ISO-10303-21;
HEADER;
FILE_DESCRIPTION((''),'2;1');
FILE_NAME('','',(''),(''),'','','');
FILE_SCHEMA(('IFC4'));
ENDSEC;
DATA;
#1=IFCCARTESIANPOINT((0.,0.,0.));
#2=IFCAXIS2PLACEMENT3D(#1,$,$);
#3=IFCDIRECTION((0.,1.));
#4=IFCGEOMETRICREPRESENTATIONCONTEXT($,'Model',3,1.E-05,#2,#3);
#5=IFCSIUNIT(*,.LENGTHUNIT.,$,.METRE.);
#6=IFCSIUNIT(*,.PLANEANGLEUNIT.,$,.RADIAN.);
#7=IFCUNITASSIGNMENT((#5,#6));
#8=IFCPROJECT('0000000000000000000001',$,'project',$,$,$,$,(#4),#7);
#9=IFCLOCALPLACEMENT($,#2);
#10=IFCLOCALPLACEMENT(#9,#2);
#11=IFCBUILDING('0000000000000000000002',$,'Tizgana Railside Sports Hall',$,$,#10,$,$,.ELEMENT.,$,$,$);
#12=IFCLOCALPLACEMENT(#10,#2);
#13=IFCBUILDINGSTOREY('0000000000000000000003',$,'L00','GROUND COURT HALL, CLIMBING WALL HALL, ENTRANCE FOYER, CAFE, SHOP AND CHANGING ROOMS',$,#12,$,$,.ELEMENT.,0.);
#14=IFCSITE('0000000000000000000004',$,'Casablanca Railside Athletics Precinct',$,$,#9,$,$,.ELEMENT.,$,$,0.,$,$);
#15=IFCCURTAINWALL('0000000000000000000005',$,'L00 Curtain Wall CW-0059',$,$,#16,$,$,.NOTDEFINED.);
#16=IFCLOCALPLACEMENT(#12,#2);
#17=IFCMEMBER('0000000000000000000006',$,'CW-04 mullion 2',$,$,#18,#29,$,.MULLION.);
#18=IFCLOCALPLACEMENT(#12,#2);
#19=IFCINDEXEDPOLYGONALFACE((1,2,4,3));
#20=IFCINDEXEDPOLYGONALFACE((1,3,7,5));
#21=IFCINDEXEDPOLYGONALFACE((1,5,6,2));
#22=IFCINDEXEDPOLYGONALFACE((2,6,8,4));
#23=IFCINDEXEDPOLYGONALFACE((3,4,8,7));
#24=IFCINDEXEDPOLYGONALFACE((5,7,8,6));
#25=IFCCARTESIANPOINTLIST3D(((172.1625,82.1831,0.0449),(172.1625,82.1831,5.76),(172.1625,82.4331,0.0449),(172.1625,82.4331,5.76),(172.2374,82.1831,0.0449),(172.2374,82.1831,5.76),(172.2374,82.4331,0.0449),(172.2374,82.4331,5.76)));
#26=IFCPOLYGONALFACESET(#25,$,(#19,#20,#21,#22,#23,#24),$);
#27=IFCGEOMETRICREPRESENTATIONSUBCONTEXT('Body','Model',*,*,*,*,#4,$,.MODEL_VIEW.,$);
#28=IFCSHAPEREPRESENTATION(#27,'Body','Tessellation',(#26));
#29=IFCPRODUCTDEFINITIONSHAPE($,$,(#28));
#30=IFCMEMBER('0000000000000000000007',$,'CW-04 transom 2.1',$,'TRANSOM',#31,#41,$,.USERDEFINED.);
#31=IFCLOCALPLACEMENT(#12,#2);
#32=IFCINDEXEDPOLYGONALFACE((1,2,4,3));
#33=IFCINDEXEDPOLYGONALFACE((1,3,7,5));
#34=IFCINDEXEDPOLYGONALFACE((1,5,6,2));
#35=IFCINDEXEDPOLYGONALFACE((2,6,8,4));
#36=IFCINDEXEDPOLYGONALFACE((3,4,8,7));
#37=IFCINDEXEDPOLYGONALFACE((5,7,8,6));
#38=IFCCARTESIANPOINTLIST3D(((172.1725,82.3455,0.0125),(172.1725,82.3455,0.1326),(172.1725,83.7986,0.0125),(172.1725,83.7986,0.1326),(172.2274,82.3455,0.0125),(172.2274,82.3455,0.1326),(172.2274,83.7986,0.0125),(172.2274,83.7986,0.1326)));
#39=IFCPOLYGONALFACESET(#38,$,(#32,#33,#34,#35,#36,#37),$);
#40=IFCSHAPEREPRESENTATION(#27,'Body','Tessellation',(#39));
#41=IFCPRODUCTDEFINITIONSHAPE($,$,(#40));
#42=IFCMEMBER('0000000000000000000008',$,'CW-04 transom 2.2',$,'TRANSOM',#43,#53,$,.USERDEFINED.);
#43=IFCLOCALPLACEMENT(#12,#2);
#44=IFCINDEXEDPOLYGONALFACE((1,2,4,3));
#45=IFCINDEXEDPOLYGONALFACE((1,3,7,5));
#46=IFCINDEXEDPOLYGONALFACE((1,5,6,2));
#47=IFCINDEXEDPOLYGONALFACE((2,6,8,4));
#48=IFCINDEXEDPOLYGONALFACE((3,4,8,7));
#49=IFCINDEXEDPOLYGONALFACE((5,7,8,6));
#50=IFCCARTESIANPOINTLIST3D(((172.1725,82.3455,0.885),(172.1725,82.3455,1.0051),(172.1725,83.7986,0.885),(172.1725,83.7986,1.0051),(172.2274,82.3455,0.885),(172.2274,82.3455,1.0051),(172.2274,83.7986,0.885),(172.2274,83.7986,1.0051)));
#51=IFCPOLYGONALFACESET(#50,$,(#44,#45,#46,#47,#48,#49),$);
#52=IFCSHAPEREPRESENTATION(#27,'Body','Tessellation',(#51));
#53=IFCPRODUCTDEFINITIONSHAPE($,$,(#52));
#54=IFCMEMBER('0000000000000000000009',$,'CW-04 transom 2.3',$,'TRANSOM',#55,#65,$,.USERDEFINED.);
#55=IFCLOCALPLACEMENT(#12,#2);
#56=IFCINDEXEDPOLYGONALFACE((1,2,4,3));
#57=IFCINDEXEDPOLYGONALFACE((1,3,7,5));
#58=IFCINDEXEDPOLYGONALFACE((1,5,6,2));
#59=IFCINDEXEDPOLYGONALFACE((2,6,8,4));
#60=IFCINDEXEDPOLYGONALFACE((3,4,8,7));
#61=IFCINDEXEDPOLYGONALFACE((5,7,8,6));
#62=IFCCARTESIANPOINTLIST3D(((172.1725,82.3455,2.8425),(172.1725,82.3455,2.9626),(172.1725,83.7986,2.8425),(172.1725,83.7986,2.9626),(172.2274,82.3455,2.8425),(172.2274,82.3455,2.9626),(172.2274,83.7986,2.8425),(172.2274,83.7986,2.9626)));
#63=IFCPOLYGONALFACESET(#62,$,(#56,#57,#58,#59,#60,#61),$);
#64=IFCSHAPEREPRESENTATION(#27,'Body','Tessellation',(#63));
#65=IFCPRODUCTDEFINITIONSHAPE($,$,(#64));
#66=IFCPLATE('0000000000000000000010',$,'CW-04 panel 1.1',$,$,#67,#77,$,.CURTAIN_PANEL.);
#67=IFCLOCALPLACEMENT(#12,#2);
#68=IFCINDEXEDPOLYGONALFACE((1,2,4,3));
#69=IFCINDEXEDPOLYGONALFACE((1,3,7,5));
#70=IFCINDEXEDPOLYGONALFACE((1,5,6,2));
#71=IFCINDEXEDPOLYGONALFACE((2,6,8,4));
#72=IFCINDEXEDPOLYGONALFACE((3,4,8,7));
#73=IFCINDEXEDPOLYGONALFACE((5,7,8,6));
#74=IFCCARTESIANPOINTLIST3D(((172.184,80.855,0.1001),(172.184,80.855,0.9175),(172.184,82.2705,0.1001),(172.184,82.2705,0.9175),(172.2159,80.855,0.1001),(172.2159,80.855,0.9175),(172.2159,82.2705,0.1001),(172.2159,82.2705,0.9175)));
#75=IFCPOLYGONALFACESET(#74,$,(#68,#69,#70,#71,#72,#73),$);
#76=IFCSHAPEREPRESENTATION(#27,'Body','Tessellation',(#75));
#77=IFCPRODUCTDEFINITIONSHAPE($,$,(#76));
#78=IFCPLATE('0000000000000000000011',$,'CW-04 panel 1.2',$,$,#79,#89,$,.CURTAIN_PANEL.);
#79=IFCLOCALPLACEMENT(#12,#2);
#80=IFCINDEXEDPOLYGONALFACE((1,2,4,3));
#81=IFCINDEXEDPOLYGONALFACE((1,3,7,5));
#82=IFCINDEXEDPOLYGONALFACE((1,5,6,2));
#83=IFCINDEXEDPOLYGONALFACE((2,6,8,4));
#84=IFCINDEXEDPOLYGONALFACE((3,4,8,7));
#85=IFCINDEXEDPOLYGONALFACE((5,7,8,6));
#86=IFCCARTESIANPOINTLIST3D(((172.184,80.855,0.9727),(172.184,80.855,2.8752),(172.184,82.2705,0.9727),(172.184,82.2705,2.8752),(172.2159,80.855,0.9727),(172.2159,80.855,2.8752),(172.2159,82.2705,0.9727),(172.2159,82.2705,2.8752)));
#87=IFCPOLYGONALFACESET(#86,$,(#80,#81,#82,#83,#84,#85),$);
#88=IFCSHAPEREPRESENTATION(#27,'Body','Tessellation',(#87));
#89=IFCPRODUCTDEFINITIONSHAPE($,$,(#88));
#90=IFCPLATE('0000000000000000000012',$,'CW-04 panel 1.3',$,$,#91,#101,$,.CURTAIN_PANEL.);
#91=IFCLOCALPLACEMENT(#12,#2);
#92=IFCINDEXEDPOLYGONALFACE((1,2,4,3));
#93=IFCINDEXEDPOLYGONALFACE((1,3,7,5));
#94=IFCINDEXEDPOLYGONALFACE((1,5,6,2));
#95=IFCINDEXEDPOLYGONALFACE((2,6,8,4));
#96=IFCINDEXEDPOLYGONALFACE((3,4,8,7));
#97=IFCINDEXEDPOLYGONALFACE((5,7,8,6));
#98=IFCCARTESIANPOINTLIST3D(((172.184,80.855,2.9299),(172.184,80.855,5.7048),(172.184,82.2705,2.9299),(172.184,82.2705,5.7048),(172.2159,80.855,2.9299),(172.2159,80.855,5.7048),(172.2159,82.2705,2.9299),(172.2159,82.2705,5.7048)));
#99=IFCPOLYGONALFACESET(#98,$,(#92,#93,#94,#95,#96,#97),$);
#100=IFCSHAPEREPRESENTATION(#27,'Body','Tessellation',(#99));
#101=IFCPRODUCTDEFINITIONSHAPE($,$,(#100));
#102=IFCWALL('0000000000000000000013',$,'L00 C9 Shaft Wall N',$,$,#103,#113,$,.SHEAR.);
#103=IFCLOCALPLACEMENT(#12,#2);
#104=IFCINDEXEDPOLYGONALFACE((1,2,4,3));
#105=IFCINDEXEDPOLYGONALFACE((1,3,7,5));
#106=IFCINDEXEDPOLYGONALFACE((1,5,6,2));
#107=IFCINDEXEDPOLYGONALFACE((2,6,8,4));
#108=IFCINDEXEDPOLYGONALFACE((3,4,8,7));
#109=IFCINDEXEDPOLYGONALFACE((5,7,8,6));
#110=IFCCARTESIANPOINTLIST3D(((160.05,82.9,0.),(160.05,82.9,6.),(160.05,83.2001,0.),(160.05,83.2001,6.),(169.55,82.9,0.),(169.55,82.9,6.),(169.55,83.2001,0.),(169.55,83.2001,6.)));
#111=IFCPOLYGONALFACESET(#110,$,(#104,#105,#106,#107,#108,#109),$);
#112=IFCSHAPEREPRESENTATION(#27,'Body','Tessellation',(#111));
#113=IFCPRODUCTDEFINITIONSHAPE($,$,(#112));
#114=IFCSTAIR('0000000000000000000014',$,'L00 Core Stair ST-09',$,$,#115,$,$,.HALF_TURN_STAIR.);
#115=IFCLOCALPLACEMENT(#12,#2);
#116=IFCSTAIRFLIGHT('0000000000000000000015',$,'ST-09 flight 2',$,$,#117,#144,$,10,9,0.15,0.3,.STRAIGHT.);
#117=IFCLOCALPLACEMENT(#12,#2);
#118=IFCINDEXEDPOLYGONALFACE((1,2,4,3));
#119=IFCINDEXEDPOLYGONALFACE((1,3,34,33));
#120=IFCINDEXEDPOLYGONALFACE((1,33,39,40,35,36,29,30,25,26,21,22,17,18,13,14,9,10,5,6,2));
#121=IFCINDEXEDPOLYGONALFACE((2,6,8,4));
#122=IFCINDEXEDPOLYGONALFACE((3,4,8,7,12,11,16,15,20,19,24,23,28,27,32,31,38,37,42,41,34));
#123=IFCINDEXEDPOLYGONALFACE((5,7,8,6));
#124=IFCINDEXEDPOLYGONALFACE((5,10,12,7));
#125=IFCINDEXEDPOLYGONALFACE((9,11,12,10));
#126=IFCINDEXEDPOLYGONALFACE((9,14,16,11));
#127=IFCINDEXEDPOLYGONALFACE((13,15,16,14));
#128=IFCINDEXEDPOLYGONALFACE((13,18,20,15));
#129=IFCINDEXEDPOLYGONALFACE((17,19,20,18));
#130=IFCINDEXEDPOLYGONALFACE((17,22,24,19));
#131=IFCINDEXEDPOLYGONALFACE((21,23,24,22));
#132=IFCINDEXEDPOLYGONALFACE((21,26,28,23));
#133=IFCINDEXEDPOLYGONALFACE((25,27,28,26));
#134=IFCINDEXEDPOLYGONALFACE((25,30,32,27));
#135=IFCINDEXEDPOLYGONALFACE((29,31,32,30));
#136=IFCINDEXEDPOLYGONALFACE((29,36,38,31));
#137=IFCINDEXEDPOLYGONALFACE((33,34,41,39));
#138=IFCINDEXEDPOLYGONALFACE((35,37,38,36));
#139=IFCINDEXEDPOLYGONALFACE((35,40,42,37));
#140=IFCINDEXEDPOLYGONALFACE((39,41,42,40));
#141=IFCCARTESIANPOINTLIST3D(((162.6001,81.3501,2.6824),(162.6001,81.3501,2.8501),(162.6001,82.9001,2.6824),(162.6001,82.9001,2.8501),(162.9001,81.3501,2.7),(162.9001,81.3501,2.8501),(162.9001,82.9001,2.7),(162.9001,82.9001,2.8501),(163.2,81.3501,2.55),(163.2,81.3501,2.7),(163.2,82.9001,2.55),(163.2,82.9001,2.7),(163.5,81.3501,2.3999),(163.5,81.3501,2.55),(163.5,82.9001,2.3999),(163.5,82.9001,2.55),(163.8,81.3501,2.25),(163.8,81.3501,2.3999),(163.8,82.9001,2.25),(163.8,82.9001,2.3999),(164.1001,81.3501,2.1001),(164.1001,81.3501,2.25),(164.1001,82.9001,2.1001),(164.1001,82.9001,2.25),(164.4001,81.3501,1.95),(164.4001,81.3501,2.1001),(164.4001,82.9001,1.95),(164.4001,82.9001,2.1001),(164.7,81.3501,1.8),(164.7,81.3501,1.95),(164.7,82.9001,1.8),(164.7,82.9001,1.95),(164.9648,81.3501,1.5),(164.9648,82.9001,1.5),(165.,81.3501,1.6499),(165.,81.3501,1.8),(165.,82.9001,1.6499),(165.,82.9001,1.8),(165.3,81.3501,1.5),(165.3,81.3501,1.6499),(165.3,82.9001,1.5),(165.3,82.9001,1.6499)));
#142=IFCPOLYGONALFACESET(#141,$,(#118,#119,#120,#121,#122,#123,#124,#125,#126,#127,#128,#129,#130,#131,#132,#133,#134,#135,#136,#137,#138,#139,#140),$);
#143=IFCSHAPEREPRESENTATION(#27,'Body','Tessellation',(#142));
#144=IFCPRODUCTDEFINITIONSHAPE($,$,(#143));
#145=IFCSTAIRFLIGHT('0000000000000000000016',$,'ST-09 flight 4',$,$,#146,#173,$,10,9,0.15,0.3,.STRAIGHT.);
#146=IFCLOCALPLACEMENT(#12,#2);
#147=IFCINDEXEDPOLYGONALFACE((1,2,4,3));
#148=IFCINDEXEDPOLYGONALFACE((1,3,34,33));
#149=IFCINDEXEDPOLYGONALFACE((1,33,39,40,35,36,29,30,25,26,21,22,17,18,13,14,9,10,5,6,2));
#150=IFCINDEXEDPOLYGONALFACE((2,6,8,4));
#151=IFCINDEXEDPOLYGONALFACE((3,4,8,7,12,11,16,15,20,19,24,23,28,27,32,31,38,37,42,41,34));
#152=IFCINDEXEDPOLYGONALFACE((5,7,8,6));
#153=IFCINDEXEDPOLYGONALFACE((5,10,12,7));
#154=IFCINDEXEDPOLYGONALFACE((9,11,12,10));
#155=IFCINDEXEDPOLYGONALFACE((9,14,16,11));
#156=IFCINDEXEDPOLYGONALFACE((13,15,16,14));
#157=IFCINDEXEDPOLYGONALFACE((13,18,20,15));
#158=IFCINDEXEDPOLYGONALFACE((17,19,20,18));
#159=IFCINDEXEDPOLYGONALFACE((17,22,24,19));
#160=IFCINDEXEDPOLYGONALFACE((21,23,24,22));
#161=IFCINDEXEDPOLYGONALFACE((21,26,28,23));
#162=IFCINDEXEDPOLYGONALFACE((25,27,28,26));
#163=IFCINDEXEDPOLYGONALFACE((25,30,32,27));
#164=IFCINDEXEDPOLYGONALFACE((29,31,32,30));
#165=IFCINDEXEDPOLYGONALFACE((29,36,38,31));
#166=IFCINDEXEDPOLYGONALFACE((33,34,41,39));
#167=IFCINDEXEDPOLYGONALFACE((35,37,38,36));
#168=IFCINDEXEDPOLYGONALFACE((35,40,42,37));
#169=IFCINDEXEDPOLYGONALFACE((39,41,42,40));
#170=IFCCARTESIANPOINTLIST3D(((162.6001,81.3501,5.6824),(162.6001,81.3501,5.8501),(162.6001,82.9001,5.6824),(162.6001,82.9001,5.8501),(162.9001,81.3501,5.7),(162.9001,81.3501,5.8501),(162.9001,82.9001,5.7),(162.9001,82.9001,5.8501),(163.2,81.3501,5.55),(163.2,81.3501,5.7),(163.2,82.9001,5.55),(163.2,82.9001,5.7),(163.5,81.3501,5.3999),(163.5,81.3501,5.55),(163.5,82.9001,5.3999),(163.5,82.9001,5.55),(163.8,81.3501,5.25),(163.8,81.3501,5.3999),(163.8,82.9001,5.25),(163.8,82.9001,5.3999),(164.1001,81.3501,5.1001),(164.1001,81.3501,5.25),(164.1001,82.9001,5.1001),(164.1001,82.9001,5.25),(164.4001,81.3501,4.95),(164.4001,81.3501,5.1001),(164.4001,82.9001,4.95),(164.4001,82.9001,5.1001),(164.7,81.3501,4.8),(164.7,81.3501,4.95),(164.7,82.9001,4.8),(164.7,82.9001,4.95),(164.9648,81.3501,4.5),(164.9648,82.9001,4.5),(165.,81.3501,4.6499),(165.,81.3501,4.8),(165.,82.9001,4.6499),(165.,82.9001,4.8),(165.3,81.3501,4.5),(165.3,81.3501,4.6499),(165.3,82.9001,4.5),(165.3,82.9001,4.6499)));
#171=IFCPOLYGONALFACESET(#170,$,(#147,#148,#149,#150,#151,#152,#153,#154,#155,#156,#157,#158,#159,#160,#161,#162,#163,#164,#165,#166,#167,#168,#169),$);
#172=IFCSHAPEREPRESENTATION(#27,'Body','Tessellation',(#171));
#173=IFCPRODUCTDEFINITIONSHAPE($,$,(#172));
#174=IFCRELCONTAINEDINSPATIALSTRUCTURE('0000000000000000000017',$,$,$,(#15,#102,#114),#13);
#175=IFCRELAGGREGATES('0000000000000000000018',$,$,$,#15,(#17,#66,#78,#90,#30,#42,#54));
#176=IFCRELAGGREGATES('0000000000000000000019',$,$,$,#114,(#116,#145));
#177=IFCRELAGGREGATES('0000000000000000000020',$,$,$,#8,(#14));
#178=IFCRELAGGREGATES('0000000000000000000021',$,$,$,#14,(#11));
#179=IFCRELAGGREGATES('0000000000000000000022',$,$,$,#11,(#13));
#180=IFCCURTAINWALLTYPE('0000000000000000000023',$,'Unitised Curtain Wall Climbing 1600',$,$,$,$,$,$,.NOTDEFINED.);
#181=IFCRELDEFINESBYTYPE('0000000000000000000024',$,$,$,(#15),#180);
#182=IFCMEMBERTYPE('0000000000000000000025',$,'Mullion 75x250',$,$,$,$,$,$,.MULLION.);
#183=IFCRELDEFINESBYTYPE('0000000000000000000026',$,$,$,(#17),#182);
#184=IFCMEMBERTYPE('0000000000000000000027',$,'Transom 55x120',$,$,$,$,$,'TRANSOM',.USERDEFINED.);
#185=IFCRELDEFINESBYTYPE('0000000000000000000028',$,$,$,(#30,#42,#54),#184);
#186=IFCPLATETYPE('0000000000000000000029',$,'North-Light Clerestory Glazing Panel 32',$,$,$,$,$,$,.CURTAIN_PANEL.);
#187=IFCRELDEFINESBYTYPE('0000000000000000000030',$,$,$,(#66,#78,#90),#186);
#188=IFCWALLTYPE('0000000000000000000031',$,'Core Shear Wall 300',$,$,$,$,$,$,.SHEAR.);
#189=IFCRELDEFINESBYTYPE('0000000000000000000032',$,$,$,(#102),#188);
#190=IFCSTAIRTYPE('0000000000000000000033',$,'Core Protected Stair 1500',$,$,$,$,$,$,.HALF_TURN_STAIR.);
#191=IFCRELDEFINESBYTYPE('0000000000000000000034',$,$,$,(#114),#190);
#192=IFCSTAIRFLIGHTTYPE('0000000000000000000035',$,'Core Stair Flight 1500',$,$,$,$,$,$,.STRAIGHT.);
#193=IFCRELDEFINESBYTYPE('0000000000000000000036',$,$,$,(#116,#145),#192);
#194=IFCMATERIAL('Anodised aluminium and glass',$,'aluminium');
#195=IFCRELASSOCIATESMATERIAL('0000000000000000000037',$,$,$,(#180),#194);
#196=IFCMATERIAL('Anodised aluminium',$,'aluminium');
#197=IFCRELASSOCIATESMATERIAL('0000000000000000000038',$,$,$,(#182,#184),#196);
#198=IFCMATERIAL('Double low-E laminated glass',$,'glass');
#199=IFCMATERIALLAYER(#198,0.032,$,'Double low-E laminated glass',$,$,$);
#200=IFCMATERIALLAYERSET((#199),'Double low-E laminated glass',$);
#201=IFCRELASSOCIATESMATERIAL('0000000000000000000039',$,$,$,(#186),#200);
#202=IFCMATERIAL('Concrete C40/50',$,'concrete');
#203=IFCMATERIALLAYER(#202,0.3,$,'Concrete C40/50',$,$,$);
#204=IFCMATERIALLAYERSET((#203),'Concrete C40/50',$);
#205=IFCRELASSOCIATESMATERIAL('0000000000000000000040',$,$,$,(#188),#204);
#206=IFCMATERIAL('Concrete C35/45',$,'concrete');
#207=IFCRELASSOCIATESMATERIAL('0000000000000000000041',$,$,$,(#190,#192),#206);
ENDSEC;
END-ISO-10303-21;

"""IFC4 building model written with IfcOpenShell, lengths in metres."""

from ifc_helpers import new_model, si_unit, direction, frame, frame_2d, origin, origin_2d, place, context, subcontext, project, spatial, polyline, rectangle, outline, extrude, material, layer, layer_set, material_profile, profile_set, type_object, element, aggregate, save


model = new_model("IFC4")

# Units and contexts
model_context = context("Model", 3, precision=1e-05, world=origin(), true_north=direction((0.0, 1.0)))
body_context = subcontext(model_context, "Body", "Model", "MODEL_VIEW")
ifc_project = project(units=[si_unit("LENGTHUNIT", "METRE"), si_unit("PLANEANGLEUNIT", "RADIAN")], contexts=[model_context])

# Site, building, storey
site_placement = place(None, origin())
site = spatial("IfcSite", under=ifc_project, at=site_placement, Name="Casablanca Railside Athletics Precinct", CompositionType="ELEMENT", RefElevation=0.0)
building_placement = place(site_placement, origin())
building = spatial("IfcBuilding", under=site, at=building_placement, Name="Tizgana Railside Sports Hall", CompositionType="ELEMENT")
storey_placement = place(building_placement, origin())
storey = spatial("IfcBuildingStorey", under=building, at=storey_placement, Name="L00", Description="GROUND COURT HALL, CLIMBING WALL HALL, ENTRANCE FOYER, CAFE, SHOP AND CHANGING ROOMS", CompositionType="ELEMENT", Elevation=0.0)

# Curtain wall, members, plates
ifc_material_1 = material(Name="Anodised aluminium and glass", Category="aluminium")
curtain_wall_type = type_object("IfcCurtainWallType", Name="Unitised Curtain Wall Climbing 1600", PredefinedType="NOTDEFINED", material=ifc_material_1)
curtain_wall_placement = place(storey_placement, origin())
curtain_wall = element("IfcCurtainWall", 1, at=curtain_wall_placement, inside=storey, type_object=curtain_wall_type, Name="L00 Curtain Wall CW-0059", PredefinedType="NOTDEFINED")
ifc_material_2 = material(Name="Anodised aluminium", Category="aluminium")
ifc_material_profile_1 = material_profile(ifc_material_2, rectangle(XDim=0.075, YDim=0.25, at=origin_2d()), Name="Mullion 75x250")
ifc_profile_set_1 = profile_set([ifc_material_profile_1], Name="Anodised aluminium")
member_type_1 = type_object("IfcMemberType", Name="Mullion 75x250", PredefinedType="MULLION", material=ifc_profile_set_1)
member_1_placement = place(storey_placement, frame((172.2, 82.3081, 0.0449), z_axis=(0.0, 0.0, 1.0), x_axis=(-1.0, 0.0, 0.0)))
member_1 = element("IfcMember", 2, at=member_1_placement, type_object=member_type_1, Name="CW-04 mullion 2", PredefinedType="MULLION", context=body_context, shape_type="SweptSolid", body=[
    extrude(rectangle(XDim=0.075, YDim=0.25, at=origin_2d()), origin(), (0.0, 0.0, 1.0), 5.7151),
])
ifc_material_profile_2 = material_profile(ifc_material_2, rectangle(XDim=0.0549, YDim=0.1201, at=origin_2d()), Name="Transom 55x120")
ifc_profile_set_2 = profile_set([ifc_material_profile_2], Name="Anodised aluminium")
member_type_2 = type_object("IfcMemberType", Name="Transom 55x120", ElementType="TRANSOM", PredefinedType="USERDEFINED", material=ifc_profile_set_2)
member_2_placement = place(storey_placement, frame((172.2, 82.3455, 0.0725), z_axis=(0.0, 1.0, 0.0), x_axis=(-1.0, 0.0, 0.0)))
member_2 = element("IfcMember", 3, at=member_2_placement, type_object=member_type_2, Name="CW-04 transom 2.1", ObjectType="TRANSOM", PredefinedType="USERDEFINED", context=body_context, shape_type="SweptSolid", body=[
    extrude(rectangle(XDim=0.0549, YDim=0.1201, at=origin_2d()), origin(), (0.0, 0.0, 1.0), 1.4531),
])
member_3_placement = place(storey_placement, frame((172.2, 82.3455, 0.9451), z_axis=(0.0, 1.0, 0.0), x_axis=(-1.0, 0.0, 0.0)))
member_3 = element("IfcMember", 4, at=member_3_placement, type_object=member_type_2, Name="CW-04 transom 2.2", ObjectType="TRANSOM", PredefinedType="USERDEFINED", context=body_context, shape_type="SweptSolid", body=[
    extrude(rectangle(XDim=0.0549, YDim=0.1201, at=origin_2d()), origin(), (0.0, 0.0, 1.0), 1.4531),
])
member_4_placement = place(storey_placement, frame((172.2, 82.3455, 2.9026), z_axis=(0.0, 1.0, 0.0), x_axis=(-1.0, 0.0, 0.0)))
member_4 = element("IfcMember", 5, at=member_4_placement, type_object=member_type_2, Name="CW-04 transom 2.3", ObjectType="TRANSOM", PredefinedType="USERDEFINED", context=body_context, shape_type="SweptSolid", body=[
    extrude(rectangle(XDim=0.0549, YDim=0.1201, at=origin_2d()), origin(), (0.0, 0.0, 1.0), 1.4531),
])
ifc_material_3 = material(Name="Double low-E laminated glass", Category="glass")
ifc_layer_1 = layer(ifc_material_3, 0.032, Name="Double low-E laminated glass")
ifc_layer_set_1 = layer_set([ifc_layer_1], Name="Double low-E laminated glass")
plate_type = type_object("IfcPlateType", Name="North-Light Clerestory Glazing Panel 32", PredefinedType="CURTAIN_PANEL", material=ifc_layer_set_1)
plate_1_placement = place(storey_placement, frame((172.2, 81.5627, 0.1001), z_axis=(0.0, 0.0, 1.0), x_axis=(0.0, 1.0, 0.0)))
plate_1 = element("IfcPlate", 6, at=plate_1_placement, type_object=plate_type, Name="CW-04 panel 1.1", PredefinedType="CURTAIN_PANEL", context=body_context, shape_type="SweptSolid", body=[
    extrude(rectangle(XDim=1.4155, YDim=0.032, at=origin_2d()), origin(), (0.0, 0.0, 1.0), 0.8174),
])
plate_2_placement = place(storey_placement, frame((172.2, 81.5627, 0.9727), z_axis=(0.0, 0.0, 1.0), x_axis=(0.0, 1.0, 0.0)))
plate_2 = element("IfcPlate", 7, at=plate_2_placement, type_object=plate_type, Name="CW-04 panel 1.2", PredefinedType="CURTAIN_PANEL", context=body_context, shape_type="SweptSolid", body=[
    extrude(rectangle(XDim=1.4155, YDim=0.032, at=origin_2d()), origin(), (0.0, 0.0, 1.0), 1.9026),
])
plate_3_placement = place(storey_placement, frame((172.2, 81.5627, 2.9299), z_axis=(0.0, 0.0, 1.0), x_axis=(0.0, 1.0, 0.0)))
plate_3 = element("IfcPlate", 8, at=plate_3_placement, type_object=plate_type, Name="CW-04 panel 1.3", PredefinedType="CURTAIN_PANEL", context=body_context, shape_type="SweptSolid", body=[
    extrude(rectangle(XDim=1.4155, YDim=0.032, at=origin_2d()), origin(), (0.0, 0.0, 1.0), 2.7749),
])
aggregate(curtain_wall, [member_1, plate_1, plate_2, plate_3, member_2, member_3, member_4])

# Wall
ifc_material_4 = material(Name="Concrete C40/50", Category="concrete")
ifc_layer_2 = layer(ifc_material_4, 0.3, Name="Concrete C40/50")
ifc_layer_set_2 = layer_set([ifc_layer_2], Name="Concrete C40/50")
wall_type = type_object("IfcWallType", Name="Core Shear Wall 300", PredefinedType="SHEAR", material=ifc_layer_set_2)
wall_placement = place(storey_placement, frame((160.05, 83.05, 0.0), z_axis=(0.0, 0.0, 1.0), x_axis=(1.0, 0.0, 0.0)))
element("IfcWall", 9, at=wall_placement, inside=storey, type_object=wall_type, Name="L00 C9 Shaft Wall N", PredefinedType="SHEAR", context=body_context, shape_type="SweptSolid", body=[
    extrude(rectangle(XDim=9.5, YDim=0.3, at=frame_2d((4.75, 0.0))), origin(), (0.0, 0.0, 1.0), 6.0),
])

# Stair, stair flights
ifc_material_5 = material(Name="Concrete C35/45", Category="concrete")
stair_type = type_object("IfcStairType", Name="Core Protected Stair 1500", PredefinedType="HALF_TURN_STAIR", material=ifc_material_5)
stair_placement = place(storey_placement, origin())
stair = element("IfcStair", 10, at=stair_placement, inside=storey, type_object=stair_type, Name="L00 Core Stair ST-09", PredefinedType="HALF_TURN_STAIR")
stair_flight_type = type_object("IfcStairFlightType", Name="Core Stair Flight 1500", PredefinedType="STRAIGHT", material=ifc_material_5)
stair_flight_1_placement = place(storey_placement, frame((165.3, 82.125, 1.5), z_axis=(0.0, 0.0, 1.0), x_axis=(-1.0, 0.0, 0.0)))
stair_flight_1 = element("IfcStairFlight", 11, at=stair_flight_1_placement, type_object=stair_flight_type, Name="ST-09 flight 2", NumberOfRisers=10, NumberOfTreads=9, PredefinedType="STRAIGHT", RiserHeight=0.15, TreadLength=0.3, context=body_context, shape_type="SweptSolid", body=[
    extrude(outline(polyline([(0.0, 0.0), (0.0, 0.1499), (0.3, 0.1499), (0.3, 0.3), (0.6001, 0.3), (0.6001, 0.45), (0.8999, 0.45), (0.8999, 0.6001), (1.2, 0.6001), (1.2, 0.75), (1.5, 0.75), (1.5, 0.8999), (1.8, 0.8999), (1.8, 1.05), (2.1001, 1.05), (2.1001, 1.2), (2.3999, 1.2), (2.3999, 1.3501), (2.7, 1.3501), (2.7, 1.5), (2.7, 1.1824), (0.3352, 0.0), (0.0, 0.0)])), frame((0.0, 0.7749, 0.0), z_axis=(0.0, -1.0, 0.0), x_axis=(1.0, 0.0, 0.0)), (0.0, 0.0, 1.0), 1.55),
])
stair_flight_2_placement = place(storey_placement, frame((165.3, 82.125, 4.5), z_axis=(0.0, 0.0, 1.0), x_axis=(-1.0, 0.0, 0.0)))
stair_flight_2 = element("IfcStairFlight", 12, at=stair_flight_2_placement, type_object=stair_flight_type, Name="ST-09 flight 4", NumberOfRisers=10, NumberOfTreads=9, PredefinedType="STRAIGHT", RiserHeight=0.15, TreadLength=0.3, context=body_context, shape_type="SweptSolid", body=[
    extrude(outline(polyline([(0.0, 0.0), (0.0, 0.1499), (0.3, 0.1499), (0.3, 0.3), (0.6001, 0.3), (0.6001, 0.45), (0.8999, 0.45), (0.8999, 0.6001), (1.2, 0.6001), (1.2, 0.75), (1.5, 0.75), (1.5, 0.8999), (1.8, 0.8999), (1.8, 1.05), (2.1001, 1.05), (2.1001, 1.2), (2.3999, 1.2), (2.3999, 1.3501), (2.7, 1.3501), (2.7, 1.5), (2.7, 1.1824), (0.3352, 0.0), (0.0, 0.0)])), frame((0.0, 0.7749, 0.0), z_axis=(0.0, -1.0, 0.0), x_axis=(1.0, 0.0, 0.0)), (0.0, 0.0, 1.0), 1.55),
])
aggregate(stair, [stair_flight_1, stair_flight_2])

save(model, "model.ifc")
